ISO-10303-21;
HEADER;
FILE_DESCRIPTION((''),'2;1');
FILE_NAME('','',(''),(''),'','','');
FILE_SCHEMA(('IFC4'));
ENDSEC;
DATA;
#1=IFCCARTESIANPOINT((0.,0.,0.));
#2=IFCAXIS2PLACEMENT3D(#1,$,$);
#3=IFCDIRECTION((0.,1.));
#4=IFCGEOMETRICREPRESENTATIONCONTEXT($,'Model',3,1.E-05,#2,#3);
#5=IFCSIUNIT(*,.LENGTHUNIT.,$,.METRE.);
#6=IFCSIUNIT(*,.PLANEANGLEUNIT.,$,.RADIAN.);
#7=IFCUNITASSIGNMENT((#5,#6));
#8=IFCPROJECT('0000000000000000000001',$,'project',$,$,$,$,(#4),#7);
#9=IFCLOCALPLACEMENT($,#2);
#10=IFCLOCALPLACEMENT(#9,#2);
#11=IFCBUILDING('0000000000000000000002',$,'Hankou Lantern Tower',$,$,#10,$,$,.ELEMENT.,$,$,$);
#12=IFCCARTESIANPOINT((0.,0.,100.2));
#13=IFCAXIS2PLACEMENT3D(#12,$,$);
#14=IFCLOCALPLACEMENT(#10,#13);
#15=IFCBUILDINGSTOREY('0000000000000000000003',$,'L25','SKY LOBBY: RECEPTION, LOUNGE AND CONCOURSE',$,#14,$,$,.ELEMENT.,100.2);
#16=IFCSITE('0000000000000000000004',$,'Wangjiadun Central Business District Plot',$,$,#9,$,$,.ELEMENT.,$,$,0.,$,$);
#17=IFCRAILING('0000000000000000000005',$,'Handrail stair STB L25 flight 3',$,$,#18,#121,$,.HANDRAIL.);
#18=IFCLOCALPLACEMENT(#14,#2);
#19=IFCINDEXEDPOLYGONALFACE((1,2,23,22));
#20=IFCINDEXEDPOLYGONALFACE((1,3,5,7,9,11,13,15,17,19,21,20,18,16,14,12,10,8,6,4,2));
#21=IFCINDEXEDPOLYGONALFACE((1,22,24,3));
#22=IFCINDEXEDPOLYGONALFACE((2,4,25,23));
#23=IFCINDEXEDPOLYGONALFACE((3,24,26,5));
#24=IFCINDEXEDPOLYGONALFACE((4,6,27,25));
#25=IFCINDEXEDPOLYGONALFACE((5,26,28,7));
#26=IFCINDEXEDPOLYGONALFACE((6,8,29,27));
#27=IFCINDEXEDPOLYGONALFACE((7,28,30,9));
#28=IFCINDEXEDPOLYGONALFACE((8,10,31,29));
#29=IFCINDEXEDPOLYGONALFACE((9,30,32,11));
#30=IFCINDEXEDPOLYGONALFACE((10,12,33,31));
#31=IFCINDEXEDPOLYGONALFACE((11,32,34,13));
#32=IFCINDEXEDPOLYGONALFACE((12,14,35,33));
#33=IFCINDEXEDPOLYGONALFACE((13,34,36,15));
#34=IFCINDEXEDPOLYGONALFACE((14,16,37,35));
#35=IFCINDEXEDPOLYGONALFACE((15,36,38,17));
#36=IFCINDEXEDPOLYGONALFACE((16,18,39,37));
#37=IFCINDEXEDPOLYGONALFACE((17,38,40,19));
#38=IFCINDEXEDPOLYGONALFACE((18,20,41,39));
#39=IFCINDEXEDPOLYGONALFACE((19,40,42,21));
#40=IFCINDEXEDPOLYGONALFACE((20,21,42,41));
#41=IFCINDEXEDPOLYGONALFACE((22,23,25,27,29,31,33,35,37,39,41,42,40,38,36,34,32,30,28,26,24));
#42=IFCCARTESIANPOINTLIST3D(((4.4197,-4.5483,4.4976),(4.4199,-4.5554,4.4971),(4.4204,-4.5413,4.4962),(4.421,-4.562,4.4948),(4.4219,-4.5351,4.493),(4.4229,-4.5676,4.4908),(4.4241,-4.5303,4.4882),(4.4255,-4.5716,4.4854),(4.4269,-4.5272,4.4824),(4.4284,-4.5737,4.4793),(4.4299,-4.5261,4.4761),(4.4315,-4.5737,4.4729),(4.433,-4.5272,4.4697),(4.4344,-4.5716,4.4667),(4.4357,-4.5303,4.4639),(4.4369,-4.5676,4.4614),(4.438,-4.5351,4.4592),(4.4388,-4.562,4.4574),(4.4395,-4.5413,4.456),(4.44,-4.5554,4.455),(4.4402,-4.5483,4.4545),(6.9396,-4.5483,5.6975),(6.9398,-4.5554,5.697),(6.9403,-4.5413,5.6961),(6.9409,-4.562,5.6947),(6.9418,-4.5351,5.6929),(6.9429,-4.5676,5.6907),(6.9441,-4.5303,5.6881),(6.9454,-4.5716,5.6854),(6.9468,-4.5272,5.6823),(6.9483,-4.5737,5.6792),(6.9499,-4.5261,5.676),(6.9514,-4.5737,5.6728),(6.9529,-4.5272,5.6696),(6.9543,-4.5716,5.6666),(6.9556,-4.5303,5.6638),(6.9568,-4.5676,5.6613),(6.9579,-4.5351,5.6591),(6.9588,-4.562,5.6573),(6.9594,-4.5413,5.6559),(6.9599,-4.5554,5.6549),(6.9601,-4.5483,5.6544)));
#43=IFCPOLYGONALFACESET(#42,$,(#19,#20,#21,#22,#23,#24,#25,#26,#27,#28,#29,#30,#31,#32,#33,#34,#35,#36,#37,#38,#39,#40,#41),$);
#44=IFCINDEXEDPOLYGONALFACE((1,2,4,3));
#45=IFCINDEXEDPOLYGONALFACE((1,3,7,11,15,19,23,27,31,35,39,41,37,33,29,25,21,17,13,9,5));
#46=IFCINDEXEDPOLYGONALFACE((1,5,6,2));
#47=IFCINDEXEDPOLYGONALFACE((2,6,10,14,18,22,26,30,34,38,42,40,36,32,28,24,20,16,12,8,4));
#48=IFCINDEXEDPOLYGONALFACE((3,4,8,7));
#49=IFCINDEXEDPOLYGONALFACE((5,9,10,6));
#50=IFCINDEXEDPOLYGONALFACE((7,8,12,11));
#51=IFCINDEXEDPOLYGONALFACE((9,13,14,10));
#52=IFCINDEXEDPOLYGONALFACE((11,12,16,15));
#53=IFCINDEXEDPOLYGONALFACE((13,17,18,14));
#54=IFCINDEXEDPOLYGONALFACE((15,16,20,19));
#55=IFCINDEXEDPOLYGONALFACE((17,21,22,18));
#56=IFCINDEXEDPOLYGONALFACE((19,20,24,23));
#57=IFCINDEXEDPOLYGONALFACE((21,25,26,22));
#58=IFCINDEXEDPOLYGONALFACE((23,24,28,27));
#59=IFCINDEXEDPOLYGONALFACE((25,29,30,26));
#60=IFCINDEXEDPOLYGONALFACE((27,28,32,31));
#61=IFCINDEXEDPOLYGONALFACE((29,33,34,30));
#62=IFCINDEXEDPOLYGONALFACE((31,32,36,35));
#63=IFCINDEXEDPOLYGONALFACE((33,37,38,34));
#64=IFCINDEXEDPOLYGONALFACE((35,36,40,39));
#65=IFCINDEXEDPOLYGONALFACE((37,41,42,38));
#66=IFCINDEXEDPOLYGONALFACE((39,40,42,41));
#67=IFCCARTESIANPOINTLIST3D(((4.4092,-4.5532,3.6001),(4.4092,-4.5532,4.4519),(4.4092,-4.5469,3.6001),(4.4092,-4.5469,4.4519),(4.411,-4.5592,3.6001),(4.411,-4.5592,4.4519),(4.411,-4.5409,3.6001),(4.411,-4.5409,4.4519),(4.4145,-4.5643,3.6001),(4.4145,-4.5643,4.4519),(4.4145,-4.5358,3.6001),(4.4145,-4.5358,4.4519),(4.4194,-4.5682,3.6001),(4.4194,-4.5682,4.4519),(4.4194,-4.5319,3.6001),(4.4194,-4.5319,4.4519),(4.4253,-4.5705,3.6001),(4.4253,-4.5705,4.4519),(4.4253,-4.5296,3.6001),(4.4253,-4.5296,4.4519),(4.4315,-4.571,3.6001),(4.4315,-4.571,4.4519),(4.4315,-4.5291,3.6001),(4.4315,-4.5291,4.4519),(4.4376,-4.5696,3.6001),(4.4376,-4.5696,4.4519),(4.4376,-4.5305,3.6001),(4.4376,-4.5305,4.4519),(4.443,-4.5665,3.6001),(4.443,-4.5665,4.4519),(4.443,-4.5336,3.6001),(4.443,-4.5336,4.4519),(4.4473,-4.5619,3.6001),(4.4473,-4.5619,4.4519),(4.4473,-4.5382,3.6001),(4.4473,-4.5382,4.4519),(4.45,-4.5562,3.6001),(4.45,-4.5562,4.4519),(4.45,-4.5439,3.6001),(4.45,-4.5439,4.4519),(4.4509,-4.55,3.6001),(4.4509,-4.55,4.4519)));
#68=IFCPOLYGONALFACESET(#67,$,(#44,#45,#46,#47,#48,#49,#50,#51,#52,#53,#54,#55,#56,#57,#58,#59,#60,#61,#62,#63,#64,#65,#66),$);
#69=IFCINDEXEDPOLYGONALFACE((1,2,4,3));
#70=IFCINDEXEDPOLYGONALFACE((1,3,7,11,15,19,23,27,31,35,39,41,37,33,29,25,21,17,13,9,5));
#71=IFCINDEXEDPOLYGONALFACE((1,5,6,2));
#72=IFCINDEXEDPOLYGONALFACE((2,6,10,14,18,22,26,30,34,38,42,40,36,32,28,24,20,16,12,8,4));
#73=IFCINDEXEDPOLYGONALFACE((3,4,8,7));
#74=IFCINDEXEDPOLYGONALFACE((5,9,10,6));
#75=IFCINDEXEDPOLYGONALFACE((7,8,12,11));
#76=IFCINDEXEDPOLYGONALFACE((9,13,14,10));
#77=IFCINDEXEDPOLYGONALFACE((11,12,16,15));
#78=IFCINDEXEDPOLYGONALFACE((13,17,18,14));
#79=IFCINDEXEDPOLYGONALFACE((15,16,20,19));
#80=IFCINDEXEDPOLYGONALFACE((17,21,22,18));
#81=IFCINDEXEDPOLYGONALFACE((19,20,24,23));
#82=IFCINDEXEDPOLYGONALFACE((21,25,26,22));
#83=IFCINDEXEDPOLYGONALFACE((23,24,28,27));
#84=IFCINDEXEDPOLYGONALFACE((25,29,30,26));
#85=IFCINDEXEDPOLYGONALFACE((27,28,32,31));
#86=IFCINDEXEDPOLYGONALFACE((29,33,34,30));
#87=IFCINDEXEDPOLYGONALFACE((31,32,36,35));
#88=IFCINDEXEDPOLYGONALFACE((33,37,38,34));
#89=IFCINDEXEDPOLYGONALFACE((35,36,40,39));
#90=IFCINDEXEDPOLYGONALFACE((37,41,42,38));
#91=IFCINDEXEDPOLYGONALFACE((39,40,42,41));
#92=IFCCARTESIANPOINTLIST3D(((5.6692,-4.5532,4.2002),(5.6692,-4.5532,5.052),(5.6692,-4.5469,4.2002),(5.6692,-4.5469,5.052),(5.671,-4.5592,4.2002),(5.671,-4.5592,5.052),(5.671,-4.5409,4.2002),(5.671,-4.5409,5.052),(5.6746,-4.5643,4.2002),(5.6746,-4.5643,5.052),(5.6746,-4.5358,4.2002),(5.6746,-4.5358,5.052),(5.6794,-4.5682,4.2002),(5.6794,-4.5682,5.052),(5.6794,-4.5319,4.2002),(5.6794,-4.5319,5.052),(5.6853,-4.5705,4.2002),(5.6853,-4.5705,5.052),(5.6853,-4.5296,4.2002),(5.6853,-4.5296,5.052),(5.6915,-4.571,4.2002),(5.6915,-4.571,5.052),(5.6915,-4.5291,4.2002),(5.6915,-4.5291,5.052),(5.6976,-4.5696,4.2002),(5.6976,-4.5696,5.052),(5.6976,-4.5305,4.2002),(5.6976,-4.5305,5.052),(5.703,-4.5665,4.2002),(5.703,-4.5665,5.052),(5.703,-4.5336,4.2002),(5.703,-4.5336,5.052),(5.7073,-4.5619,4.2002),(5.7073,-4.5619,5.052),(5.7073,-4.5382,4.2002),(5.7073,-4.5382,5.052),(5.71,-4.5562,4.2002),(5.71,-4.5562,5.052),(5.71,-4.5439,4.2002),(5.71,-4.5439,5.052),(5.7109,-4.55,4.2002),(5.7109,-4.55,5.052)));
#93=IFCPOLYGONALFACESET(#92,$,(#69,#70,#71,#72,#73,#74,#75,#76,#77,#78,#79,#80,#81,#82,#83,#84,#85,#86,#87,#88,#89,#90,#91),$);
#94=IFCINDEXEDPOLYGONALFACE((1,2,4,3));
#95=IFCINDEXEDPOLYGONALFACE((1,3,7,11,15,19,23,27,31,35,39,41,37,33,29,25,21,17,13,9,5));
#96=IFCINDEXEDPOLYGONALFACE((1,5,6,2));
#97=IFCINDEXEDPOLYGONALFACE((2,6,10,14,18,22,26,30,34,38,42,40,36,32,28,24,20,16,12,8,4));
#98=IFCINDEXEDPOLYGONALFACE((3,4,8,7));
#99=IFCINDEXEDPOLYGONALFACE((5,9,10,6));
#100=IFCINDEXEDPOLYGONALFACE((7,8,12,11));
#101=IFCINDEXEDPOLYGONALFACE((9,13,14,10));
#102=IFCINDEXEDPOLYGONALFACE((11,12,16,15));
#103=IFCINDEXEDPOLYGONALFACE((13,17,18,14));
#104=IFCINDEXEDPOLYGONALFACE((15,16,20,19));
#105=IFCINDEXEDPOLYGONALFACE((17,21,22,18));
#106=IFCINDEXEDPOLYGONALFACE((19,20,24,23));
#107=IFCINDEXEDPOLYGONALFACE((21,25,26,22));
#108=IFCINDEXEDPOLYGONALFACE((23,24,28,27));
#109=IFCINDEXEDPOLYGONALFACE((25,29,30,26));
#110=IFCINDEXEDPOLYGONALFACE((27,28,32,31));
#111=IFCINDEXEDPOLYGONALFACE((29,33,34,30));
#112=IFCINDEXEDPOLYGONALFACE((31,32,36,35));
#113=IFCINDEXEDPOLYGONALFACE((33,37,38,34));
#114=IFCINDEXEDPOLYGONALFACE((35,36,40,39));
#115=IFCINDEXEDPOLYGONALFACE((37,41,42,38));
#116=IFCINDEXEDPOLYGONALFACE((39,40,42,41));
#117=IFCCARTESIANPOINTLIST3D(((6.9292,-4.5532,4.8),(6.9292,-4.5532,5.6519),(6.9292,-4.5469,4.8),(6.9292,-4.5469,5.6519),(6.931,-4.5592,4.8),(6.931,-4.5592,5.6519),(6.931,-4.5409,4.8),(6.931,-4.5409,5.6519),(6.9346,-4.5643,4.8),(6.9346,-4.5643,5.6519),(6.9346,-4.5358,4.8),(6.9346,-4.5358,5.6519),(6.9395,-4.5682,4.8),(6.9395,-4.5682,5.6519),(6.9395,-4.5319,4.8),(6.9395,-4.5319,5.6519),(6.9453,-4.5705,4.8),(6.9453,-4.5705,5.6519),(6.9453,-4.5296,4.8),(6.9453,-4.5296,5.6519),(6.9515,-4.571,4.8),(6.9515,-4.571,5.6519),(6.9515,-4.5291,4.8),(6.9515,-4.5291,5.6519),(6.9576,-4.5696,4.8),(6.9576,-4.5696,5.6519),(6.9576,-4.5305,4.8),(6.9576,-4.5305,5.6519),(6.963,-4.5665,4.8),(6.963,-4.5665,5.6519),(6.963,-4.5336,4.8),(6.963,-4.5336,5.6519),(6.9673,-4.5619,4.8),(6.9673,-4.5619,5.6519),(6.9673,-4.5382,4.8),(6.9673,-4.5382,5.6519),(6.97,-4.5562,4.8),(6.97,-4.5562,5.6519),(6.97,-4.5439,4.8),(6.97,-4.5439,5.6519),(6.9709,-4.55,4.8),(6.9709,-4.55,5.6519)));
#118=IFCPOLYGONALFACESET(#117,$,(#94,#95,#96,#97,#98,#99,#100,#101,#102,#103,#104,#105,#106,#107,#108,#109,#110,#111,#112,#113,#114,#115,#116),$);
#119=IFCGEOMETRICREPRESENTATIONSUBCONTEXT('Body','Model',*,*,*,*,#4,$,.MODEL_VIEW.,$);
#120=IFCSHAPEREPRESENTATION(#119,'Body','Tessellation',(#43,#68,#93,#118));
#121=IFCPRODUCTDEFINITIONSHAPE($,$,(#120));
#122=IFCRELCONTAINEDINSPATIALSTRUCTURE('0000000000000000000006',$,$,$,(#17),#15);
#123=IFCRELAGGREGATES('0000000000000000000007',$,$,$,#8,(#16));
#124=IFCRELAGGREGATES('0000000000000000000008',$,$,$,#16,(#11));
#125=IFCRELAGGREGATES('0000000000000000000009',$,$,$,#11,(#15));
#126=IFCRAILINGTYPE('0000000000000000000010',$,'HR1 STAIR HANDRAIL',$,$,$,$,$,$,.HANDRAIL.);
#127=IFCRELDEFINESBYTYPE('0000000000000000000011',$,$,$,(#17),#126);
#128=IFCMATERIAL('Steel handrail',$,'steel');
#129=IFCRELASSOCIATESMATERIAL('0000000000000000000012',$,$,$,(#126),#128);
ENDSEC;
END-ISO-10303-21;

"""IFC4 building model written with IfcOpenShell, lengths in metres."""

from ifc_helpers import new_model, si_unit, direction, frame, origin, origin_2d, place, context, subcontext, project, spatial, circle, extrude, material, type_object, element, save


model = new_model("IFC4")

# Units and contexts
model_context = context("Model", 3, precision=1e-05, world=origin(), true_north=direction((0.0, 1.0)))
body_context = subcontext(model_context, "Body", "Model", "MODEL_VIEW")
ifc_project = project(units=[si_unit("LENGTHUNIT", "METRE"), si_unit("PLANEANGLEUNIT", "RADIAN")], contexts=[model_context])

# Site, building, storey
site_placement = place(None, origin())
site = spatial("IfcSite", under=ifc_project, at=site_placement, Name="Wangjiadun Central Business District Plot", CompositionType="ELEMENT", RefElevation=0.0)
building_placement = place(site_placement, origin())
building = spatial("IfcBuilding", under=site, at=building_placement, Name="Hankou Lantern Tower", CompositionType="ELEMENT")
storey_placement = place(building_placement, frame((0.0, 0.0, 100.2)))
storey = spatial("IfcBuildingStorey", under=building, at=storey_placement, Name="L25", Description="SKY LOBBY: RECEPTION, LOUNGE AND CONCOURSE", CompositionType="ELEMENT", Elevation=100.2)

# Railing
ifc_material_1 = material(Name="Steel handrail", Category="steel")
railing_type = type_object("IfcRailingType", Name="HR1 STAIR HANDRAIL", PredefinedType="HANDRAIL", material=ifc_material_1)
railing_1_placement = place(storey_placement, frame((4.4299, -4.55, 3.6001)))
element("IfcRailing", 1, at=railing_1_placement, inside=storey, type_object=railing_type, Name="Handrail stair STB L25 flight 3", PredefinedType="HANDRAIL", context=body_context, shape_type="SweptSolid", body=[
    extrude(circle(Radius=0.0239, at=origin_2d()), frame((0.0, 0.0, 0.876), z_axis=(0.902869, 0.0, 0.429917), x_axis=(0.0, 1.0, 0.0)), (0.0, 0.0, 1.0), 2.791),
    extrude(circle(Radius=0.021, at=origin_2d()), origin(), (0.0, 0.0, 1.0), 0.8518),
    extrude(circle(Radius=0.021, at=origin_2d()), frame((1.26, 0.0, 0.6001)), (0.0, 0.0, 1.0), 0.8518),
    extrude(circle(Radius=0.021, at=origin_2d()), frame((2.52, 0.0, 1.2)), (0.0, 0.0, 1.0), 0.8518),
])

save(model, "model.ifc")
